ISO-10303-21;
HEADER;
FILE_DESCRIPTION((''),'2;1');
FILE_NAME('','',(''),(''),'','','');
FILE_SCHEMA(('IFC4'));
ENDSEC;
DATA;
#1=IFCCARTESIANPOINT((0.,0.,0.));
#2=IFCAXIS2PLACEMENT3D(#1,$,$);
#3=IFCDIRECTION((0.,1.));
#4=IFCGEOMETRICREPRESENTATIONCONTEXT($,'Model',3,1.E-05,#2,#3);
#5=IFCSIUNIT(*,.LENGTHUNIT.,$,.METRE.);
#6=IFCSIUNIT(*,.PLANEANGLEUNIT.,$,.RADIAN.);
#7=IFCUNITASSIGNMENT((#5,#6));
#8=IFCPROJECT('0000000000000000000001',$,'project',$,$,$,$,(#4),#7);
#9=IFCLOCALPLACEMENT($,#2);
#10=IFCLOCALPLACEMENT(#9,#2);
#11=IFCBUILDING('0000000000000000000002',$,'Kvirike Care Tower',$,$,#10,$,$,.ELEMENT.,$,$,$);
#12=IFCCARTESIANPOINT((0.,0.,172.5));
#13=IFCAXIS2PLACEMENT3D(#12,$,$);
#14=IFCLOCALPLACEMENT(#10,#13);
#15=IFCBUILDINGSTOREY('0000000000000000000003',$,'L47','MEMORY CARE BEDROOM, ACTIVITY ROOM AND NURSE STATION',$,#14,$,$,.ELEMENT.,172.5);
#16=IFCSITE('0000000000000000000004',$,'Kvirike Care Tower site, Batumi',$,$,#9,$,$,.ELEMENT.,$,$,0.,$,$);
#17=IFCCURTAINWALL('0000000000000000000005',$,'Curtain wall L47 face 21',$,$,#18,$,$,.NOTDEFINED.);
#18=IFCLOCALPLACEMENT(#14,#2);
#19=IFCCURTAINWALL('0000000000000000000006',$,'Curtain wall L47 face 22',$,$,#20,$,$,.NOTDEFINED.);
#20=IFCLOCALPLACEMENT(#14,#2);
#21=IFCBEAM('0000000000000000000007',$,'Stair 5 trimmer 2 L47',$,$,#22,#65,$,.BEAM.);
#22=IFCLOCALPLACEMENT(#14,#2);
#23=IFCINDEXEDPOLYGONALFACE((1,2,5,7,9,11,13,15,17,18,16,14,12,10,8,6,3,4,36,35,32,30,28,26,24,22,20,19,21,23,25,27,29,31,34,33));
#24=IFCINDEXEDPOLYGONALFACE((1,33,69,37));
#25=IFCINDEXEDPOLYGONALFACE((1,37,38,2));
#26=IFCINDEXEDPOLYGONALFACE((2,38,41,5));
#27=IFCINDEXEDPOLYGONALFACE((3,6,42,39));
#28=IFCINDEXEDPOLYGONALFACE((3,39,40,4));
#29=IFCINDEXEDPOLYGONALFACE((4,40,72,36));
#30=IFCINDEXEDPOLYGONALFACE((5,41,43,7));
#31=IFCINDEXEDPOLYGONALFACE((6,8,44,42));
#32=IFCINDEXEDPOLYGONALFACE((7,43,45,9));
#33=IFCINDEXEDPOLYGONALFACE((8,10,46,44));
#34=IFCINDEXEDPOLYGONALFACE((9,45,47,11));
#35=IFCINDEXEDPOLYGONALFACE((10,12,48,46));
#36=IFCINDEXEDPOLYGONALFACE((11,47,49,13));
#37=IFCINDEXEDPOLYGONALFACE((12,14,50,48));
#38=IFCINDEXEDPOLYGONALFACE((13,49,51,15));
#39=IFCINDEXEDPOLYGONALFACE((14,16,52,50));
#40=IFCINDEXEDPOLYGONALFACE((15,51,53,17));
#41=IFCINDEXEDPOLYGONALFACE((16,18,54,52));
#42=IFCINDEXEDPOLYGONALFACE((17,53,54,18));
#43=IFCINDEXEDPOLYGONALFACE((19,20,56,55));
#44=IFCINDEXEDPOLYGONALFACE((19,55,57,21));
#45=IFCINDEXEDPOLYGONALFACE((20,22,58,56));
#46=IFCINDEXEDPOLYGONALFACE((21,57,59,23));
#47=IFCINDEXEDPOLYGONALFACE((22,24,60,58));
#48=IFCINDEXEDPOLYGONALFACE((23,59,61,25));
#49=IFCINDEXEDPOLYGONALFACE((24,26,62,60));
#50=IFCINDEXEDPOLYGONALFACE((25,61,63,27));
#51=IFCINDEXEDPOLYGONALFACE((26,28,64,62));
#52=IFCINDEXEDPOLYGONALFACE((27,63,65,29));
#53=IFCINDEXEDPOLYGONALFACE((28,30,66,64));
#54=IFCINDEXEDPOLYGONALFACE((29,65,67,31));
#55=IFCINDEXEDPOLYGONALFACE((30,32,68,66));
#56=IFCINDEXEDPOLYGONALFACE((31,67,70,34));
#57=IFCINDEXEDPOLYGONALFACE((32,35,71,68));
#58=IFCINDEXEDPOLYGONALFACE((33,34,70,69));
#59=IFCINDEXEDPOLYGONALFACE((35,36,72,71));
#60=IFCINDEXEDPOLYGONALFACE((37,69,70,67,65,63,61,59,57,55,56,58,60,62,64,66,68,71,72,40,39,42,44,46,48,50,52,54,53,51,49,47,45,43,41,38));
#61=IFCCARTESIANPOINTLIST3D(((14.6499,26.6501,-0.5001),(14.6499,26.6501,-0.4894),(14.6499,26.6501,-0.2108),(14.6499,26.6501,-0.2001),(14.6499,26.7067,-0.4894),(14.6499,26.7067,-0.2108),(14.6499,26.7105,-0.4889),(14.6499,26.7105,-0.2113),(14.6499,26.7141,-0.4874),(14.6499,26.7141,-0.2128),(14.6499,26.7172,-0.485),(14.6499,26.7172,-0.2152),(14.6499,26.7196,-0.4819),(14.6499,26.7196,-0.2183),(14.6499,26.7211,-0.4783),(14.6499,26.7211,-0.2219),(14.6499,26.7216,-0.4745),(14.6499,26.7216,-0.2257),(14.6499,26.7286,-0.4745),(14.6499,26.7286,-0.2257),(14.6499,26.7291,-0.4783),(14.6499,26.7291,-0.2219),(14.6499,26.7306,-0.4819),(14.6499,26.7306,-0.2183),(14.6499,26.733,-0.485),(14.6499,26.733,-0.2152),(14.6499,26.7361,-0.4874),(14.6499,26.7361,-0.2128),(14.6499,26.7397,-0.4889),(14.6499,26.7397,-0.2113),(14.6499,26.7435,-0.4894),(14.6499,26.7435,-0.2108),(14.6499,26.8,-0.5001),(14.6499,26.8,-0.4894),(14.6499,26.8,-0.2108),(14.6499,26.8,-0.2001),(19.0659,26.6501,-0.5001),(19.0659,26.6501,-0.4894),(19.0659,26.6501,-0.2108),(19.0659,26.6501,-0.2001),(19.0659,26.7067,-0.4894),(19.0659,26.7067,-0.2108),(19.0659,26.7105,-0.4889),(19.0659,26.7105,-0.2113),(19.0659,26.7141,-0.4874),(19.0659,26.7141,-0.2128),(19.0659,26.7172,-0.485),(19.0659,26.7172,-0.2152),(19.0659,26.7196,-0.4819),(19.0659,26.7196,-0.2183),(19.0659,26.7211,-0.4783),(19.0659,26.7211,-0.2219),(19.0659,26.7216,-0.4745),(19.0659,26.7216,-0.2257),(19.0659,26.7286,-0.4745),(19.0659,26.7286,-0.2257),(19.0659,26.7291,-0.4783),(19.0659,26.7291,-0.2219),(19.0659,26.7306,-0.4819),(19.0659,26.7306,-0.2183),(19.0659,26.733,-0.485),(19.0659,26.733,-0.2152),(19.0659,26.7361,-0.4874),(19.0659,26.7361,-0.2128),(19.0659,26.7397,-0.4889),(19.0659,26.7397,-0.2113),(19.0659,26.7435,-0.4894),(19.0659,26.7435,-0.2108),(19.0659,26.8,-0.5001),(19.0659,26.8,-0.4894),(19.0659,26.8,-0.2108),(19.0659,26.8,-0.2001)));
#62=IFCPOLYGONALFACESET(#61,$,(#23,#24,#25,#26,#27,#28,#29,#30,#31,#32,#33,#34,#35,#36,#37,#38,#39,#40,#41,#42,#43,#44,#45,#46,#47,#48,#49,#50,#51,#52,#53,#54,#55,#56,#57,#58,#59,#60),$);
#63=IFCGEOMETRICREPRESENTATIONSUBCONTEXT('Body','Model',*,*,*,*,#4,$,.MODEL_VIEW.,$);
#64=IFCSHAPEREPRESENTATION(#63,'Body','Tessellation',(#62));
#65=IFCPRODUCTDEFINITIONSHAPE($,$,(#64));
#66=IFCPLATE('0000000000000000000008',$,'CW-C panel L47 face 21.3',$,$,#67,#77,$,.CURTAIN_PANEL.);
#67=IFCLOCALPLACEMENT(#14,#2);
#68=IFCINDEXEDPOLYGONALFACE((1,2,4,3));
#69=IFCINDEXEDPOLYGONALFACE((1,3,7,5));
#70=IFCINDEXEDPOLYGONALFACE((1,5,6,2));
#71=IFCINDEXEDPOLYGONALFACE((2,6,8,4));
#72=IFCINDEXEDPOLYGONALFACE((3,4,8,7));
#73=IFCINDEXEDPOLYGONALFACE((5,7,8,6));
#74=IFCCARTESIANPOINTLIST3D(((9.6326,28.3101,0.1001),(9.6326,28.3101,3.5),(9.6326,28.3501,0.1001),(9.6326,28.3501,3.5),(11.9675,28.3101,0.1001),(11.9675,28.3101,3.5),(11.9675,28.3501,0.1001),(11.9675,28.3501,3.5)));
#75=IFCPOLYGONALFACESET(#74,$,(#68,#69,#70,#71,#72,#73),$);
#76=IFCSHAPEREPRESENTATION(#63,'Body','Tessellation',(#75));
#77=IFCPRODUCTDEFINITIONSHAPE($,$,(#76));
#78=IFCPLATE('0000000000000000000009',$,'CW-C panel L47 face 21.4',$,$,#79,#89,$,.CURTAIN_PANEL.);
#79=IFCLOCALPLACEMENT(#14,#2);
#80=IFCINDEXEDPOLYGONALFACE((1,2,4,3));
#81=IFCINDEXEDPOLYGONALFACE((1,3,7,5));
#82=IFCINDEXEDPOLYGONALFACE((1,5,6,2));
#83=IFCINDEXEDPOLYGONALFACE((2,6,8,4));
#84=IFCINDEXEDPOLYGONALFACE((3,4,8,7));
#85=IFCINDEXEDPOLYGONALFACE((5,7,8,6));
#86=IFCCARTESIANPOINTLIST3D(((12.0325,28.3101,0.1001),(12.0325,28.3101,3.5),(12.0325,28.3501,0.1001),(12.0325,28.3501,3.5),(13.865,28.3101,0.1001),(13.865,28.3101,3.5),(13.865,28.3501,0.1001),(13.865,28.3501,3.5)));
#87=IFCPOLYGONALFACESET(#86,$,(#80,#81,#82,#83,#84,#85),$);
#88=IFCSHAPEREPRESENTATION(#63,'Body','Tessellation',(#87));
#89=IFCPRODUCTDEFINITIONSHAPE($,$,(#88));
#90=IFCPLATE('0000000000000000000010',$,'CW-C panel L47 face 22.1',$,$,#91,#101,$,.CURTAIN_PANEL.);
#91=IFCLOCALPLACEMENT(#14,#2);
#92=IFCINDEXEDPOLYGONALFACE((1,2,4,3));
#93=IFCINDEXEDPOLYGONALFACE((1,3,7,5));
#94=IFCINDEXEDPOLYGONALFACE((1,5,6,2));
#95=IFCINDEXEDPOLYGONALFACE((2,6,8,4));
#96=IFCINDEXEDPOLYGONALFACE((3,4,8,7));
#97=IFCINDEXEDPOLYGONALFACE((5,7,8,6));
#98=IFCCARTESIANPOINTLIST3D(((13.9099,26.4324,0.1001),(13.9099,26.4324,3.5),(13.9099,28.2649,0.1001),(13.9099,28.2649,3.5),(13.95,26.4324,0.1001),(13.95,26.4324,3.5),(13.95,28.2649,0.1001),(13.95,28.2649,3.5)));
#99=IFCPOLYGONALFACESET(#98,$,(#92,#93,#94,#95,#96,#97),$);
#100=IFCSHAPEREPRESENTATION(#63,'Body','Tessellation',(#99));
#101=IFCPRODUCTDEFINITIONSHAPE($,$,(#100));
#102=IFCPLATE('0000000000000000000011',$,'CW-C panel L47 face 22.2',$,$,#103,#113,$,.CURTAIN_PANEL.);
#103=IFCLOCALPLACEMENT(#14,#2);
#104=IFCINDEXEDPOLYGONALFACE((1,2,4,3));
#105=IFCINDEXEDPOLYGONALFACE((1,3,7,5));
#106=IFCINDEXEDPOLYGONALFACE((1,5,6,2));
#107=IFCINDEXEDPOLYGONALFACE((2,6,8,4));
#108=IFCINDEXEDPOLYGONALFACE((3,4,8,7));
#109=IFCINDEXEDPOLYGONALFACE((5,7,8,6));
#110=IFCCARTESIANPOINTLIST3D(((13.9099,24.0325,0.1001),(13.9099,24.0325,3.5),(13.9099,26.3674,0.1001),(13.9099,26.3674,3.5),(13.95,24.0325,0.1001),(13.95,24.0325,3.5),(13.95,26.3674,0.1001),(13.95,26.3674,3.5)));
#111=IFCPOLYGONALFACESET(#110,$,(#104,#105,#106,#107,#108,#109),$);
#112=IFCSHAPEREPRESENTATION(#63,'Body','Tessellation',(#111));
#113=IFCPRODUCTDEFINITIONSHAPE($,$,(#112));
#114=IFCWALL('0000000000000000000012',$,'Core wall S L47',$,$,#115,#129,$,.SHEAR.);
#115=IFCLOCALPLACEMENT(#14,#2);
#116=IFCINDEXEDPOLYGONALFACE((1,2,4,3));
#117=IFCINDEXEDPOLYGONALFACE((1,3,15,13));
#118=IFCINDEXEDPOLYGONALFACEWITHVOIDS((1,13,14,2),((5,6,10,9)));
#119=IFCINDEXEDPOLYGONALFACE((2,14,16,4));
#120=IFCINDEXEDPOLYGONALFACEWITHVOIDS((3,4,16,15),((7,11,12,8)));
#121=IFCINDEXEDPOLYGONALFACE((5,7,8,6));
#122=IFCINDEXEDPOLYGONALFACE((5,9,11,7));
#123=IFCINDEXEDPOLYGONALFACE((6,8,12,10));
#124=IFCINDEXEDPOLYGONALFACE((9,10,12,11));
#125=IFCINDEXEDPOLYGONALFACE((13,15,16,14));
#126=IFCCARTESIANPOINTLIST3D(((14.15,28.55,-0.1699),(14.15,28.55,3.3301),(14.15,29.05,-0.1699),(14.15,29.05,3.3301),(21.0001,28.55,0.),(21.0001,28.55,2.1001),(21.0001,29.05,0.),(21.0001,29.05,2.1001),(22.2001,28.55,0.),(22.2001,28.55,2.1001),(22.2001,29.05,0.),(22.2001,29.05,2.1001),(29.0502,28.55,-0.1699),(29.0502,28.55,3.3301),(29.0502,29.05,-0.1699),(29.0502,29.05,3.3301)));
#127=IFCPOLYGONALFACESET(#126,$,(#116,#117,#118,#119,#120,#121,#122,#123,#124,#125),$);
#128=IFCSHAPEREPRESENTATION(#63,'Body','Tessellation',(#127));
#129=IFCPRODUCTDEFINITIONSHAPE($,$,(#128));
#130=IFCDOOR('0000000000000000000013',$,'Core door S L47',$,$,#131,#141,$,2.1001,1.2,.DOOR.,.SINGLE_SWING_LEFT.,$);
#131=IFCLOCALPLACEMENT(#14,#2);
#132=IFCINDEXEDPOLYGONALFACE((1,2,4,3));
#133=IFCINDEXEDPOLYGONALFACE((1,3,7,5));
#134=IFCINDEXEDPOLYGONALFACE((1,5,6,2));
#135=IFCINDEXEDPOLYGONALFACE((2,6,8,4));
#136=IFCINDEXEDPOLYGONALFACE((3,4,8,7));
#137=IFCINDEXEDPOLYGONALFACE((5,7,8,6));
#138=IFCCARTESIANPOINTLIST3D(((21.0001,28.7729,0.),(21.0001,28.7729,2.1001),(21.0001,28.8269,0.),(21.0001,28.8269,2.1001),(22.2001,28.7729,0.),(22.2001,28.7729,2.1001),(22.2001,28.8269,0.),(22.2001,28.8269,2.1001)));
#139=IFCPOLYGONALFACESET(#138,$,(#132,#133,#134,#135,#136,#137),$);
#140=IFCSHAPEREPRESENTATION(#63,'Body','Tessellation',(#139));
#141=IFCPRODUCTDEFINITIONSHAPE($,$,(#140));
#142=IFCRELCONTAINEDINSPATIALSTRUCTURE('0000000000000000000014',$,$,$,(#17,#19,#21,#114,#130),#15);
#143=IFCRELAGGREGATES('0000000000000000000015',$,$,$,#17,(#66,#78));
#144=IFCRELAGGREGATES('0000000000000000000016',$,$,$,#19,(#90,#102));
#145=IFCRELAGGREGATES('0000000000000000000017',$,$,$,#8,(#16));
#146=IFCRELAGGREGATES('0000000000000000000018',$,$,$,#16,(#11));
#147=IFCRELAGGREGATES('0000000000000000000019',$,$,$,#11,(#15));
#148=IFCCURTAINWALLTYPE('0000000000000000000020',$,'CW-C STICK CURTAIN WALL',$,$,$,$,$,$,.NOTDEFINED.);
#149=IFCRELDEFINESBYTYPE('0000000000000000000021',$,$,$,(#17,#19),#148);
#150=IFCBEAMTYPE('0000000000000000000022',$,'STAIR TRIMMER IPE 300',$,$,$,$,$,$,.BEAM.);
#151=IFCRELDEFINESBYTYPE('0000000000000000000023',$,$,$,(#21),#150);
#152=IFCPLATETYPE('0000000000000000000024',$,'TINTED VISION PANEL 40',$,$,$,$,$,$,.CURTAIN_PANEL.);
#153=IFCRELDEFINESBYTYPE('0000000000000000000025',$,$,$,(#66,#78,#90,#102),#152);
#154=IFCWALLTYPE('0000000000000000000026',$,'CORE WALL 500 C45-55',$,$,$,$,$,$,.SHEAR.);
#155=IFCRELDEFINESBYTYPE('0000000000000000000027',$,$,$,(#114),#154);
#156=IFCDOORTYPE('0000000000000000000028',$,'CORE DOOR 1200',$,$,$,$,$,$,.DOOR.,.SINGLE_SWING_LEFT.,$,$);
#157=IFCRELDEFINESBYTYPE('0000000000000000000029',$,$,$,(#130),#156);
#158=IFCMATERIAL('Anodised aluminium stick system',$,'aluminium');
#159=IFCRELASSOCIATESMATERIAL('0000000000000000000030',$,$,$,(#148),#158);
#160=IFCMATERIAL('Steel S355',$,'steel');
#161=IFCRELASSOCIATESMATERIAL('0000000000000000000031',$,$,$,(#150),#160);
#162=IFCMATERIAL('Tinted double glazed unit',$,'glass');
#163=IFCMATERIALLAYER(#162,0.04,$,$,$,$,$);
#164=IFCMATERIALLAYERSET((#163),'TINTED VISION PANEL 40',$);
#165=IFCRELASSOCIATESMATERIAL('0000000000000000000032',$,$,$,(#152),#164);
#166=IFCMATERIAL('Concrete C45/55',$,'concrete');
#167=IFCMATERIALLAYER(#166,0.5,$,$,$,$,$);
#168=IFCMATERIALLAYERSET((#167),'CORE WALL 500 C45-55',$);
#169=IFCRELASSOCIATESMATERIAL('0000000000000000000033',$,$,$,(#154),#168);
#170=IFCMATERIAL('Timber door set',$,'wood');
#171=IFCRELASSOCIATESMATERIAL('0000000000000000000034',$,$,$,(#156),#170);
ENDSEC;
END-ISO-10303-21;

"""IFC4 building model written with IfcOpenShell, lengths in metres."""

from ifc_helpers import new_model, si_unit, direction, frame, frame_2d, origin, origin_2d, place, context, subcontext, project, spatial, rectangle, i_section, extrude, material, layer, layer_set, material_profile, profile_set, type_object, element, fill, aggregate, save


model = new_model("IFC4")

# Units and contexts
model_context = context("Model", 3, precision=1e-05, world=origin(), true_north=direction((0.0, 1.0)))
body_context = subcontext(model_context, "Body", "Model", "MODEL_VIEW")
ifc_project = project(units=[si_unit("LENGTHUNIT", "METRE"), si_unit("PLANEANGLEUNIT", "RADIAN")], contexts=[model_context])

# Site, building, storey
site_placement = place(None, origin())
site = spatial("IfcSite", under=ifc_project, at=site_placement, Name="Kvirike Care Tower site, Batumi", CompositionType="ELEMENT", RefElevation=0.0)
building_placement = place(site_placement, origin())
building = spatial("IfcBuilding", under=site, at=building_placement, Name="Kvirike Care Tower", CompositionType="ELEMENT")
storey_placement = place(building_placement, frame((0.0, 0.0, 172.5)))
storey = spatial("IfcBuildingStorey", under=building, at=storey_placement, Name="L47", Description="MEMORY CARE BEDROOM, ACTIVITY ROOM AND NURSE STATION", CompositionType="ELEMENT", Elevation=172.5)

# Curtain walls
ifc_material_1 = material(Name="Anodised aluminium stick system", Category="aluminium")
curtain_wall_type = type_object("IfcCurtainWallType", Name="CW-C STICK CURTAIN WALL", PredefinedType="NOTDEFINED", material=ifc_material_1)
curtain_wall_1_placement = place(storey_placement, origin())
curtain_wall_1 = element("IfcCurtainWall", 1, at=curtain_wall_1_placement, inside=storey, type_object=curtain_wall_type, Name="Curtain wall L47 face 21", PredefinedType="NOTDEFINED")
curtain_wall_2_placement = place(storey_placement, origin())
curtain_wall_2 = element("IfcCurtainWall", 2, at=curtain_wall_2_placement, inside=storey, type_object=curtain_wall_type, Name="Curtain wall L47 face 22", PredefinedType="NOTDEFINED")

# Beam
ifc_material_2 = material(Name="Steel S355", Category="steel")
ifc_material_profile_1 = material_profile(ifc_material_2, i_section(OverallWidth=0.1499, OverallDepth=0.3, WebThickness=0.0071, FlangeThickness=0.0107, FilletRadius=0.0149, at=origin_2d()), Name="IPE 300")
ifc_profile_set_1 = profile_set([ifc_material_profile_1], Name="Steel S355")
beam_type_1 = type_object("IfcBeamType", Name="STAIR TRIMMER IPE 300", PredefinedType="BEAM", material=ifc_profile_set_1)
for number, where, z_axis, x_axis, name in (
    (3, (14.6499, 26.7251, -0.3501), (1.0, 0.0, 0.0), (0.0, 1.0, 0.0), "Stair 5 trimmer 2 L47"),
):
    element("IfcBeam", number, at=place(storey_placement, frame(where, z_axis=z_axis, x_axis=x_axis)), inside=storey, type_object=beam_type_1, Name=name, PredefinedType="BEAM", context=body_context, shape_type="SweptSolid", body=[
        extrude(i_section(OverallWidth=0.1499, OverallDepth=0.3, WebThickness=0.0071, FlangeThickness=0.0107, FilletRadius=0.0149, at=origin_2d()), origin(), (0.0, 0.0, 1.0), 4.416),
    ])

# Plates
ifc_material_3 = material(Name="Tinted double glazed unit", Category="glass")
ifc_layer_1 = layer(ifc_material_3, 0.04)
ifc_layer_set_1 = layer_set([ifc_layer_1], Name="TINTED VISION PANEL 40")
plate_type = type_object("IfcPlateType", Name="TINTED VISION PANEL 40", PredefinedType="CURTAIN_PANEL", material=ifc_layer_set_1)
plate_1_placement = place(storey_placement, frame((10.8, 28.3301, 0.1001), z_axis=(0.0, 0.0, 1.0), x_axis=(1.0, 0.0, 0.0)))
plate_1 = element("IfcPlate", 4, at=plate_1_placement, type_object=plate_type, Name="CW-C panel L47 face 21.3", PredefinedType="CURTAIN_PANEL", context=body_context, shape_type="SweptSolid", body=[
    extrude(rectangle(XDim=2.335, YDim=0.04, at=origin_2d()), origin(), (0.0, 0.0, 1.0), 3.3999),
])
plate_2_placement = place(storey_placement, frame((12.9487, 28.3301, 0.1001), z_axis=(0.0, 0.0, 1.0), x_axis=(1.0, 0.0, 0.0)))
plate_2 = element("IfcPlate", 5, at=plate_2_placement, type_object=plate_type, Name="CW-C panel L47 face 21.4", PredefinedType="CURTAIN_PANEL", context=body_context, shape_type="SweptSolid", body=[
    extrude(rectangle(XDim=1.8325, YDim=0.04, at=origin_2d()), origin(), (0.0, 0.0, 1.0), 3.3999),
])
aggregate(curtain_wall_1, [plate_1, plate_2])
plate_3_placement = place(storey_placement, frame((13.9299, 27.3486, 0.1001), z_axis=(0.0, 0.0, 1.0), x_axis=(0.0, -1.0, 0.0)))
plate_3 = element("IfcPlate", 6, at=plate_3_placement, type_object=plate_type, Name="CW-C panel L47 face 22.1", PredefinedType="CURTAIN_PANEL", context=body_context, shape_type="SweptSolid", body=[
    extrude(rectangle(XDim=1.8325, YDim=0.04, at=origin_2d()), origin(), (0.0, 0.0, 1.0), 3.3999),
])
plate_4_placement = place(storey_placement, frame((13.9299, 25.2, 0.1001), z_axis=(0.0, 0.0, 1.0), x_axis=(0.0, -1.0, 0.0)))
plate_4 = element("IfcPlate", 7, at=plate_4_placement, type_object=plate_type, Name="CW-C panel L47 face 22.2", PredefinedType="CURTAIN_PANEL", context=body_context, shape_type="SweptSolid", body=[
    extrude(rectangle(XDim=2.335, YDim=0.04, at=origin_2d()), origin(), (0.0, 0.0, 1.0), 3.3999),
])
aggregate(curtain_wall_2, [plate_3, plate_4])

# Wall, opening, door
ifc_material_4 = material(Name="Concrete C45/55", Category="concrete")
ifc_layer_2 = layer(ifc_material_4, 0.5)
ifc_layer_set_2 = layer_set([ifc_layer_2], Name="CORE WALL 500 C45-55")
wall_type_1 = type_object("IfcWallType", Name="CORE WALL 500 C45-55", PredefinedType="SHEAR", material=ifc_layer_set_2)
wall_1_placement = place(storey_placement, frame((14.1499, 28.8, -0.1699), z_axis=(0.0, 0.0, 1.0), x_axis=(1.0, 0.0, 0.0)))
wall_1 = element("IfcWall", 8, at=wall_1_placement, inside=storey, type_object=wall_type_1, Name="Core wall S L47", PredefinedType="SHEAR", context=body_context, shape_type="SweptSolid", body=[
    extrude(rectangle(XDim=14.9001, YDim=0.5, at=frame_2d((7.4502, 0.0))), origin(), (0.0, 0.0, 1.0), 3.5),
])
opening_1_placement = place(wall_1_placement, frame((6.8501, 0.0, 0.1699)))
opening_1 = element("IfcOpeningElement", 9, at=opening_1_placement, cuts=wall_1, PredefinedType="OPENING", context=body_context, shape_type="SweptSolid", body=[
    extrude(rectangle(XDim=1.2, YDim=2.1001, at=frame_2d((0.6001, 1.05))), frame((0.0, 0.2605, 0.0), z_axis=(0.0, -1.0, 0.0), x_axis=(1.0, 0.0, 0.0)), (0.0, 0.0, 1.0), 0.521),
])
ifc_material_5 = material(Name="Timber door set", Category="wood")
door_type_1 = type_object("IfcDoorType", Name="CORE DOOR 1200", OperationType="SINGLE_SWING_LEFT", PredefinedType="DOOR", material=ifc_material_5)
door_1_placement = place(opening_1_placement, origin())
door_1 = element("IfcDoor", 10, at=door_1_placement, inside=storey, type_object=door_type_1, Name="Core door S L47", OperationType="SINGLE_SWING_LEFT", OverallHeight=2.1001, OverallWidth=1.2, PredefinedType="DOOR", context=body_context, shape_type="SweptSolid", body=[
    extrude(rectangle(XDim=1.2, YDim=2.1001, at=frame_2d((0.6001, 1.05))), frame((0.0, 0.0269, 0.0), z_axis=(0.0, -1.0, 0.0), x_axis=(1.0, 0.0, 0.0)), (0.0, 0.0, 1.0), 0.054),
])
fill(opening_1, door_1)

save(model, "model.ifc")
